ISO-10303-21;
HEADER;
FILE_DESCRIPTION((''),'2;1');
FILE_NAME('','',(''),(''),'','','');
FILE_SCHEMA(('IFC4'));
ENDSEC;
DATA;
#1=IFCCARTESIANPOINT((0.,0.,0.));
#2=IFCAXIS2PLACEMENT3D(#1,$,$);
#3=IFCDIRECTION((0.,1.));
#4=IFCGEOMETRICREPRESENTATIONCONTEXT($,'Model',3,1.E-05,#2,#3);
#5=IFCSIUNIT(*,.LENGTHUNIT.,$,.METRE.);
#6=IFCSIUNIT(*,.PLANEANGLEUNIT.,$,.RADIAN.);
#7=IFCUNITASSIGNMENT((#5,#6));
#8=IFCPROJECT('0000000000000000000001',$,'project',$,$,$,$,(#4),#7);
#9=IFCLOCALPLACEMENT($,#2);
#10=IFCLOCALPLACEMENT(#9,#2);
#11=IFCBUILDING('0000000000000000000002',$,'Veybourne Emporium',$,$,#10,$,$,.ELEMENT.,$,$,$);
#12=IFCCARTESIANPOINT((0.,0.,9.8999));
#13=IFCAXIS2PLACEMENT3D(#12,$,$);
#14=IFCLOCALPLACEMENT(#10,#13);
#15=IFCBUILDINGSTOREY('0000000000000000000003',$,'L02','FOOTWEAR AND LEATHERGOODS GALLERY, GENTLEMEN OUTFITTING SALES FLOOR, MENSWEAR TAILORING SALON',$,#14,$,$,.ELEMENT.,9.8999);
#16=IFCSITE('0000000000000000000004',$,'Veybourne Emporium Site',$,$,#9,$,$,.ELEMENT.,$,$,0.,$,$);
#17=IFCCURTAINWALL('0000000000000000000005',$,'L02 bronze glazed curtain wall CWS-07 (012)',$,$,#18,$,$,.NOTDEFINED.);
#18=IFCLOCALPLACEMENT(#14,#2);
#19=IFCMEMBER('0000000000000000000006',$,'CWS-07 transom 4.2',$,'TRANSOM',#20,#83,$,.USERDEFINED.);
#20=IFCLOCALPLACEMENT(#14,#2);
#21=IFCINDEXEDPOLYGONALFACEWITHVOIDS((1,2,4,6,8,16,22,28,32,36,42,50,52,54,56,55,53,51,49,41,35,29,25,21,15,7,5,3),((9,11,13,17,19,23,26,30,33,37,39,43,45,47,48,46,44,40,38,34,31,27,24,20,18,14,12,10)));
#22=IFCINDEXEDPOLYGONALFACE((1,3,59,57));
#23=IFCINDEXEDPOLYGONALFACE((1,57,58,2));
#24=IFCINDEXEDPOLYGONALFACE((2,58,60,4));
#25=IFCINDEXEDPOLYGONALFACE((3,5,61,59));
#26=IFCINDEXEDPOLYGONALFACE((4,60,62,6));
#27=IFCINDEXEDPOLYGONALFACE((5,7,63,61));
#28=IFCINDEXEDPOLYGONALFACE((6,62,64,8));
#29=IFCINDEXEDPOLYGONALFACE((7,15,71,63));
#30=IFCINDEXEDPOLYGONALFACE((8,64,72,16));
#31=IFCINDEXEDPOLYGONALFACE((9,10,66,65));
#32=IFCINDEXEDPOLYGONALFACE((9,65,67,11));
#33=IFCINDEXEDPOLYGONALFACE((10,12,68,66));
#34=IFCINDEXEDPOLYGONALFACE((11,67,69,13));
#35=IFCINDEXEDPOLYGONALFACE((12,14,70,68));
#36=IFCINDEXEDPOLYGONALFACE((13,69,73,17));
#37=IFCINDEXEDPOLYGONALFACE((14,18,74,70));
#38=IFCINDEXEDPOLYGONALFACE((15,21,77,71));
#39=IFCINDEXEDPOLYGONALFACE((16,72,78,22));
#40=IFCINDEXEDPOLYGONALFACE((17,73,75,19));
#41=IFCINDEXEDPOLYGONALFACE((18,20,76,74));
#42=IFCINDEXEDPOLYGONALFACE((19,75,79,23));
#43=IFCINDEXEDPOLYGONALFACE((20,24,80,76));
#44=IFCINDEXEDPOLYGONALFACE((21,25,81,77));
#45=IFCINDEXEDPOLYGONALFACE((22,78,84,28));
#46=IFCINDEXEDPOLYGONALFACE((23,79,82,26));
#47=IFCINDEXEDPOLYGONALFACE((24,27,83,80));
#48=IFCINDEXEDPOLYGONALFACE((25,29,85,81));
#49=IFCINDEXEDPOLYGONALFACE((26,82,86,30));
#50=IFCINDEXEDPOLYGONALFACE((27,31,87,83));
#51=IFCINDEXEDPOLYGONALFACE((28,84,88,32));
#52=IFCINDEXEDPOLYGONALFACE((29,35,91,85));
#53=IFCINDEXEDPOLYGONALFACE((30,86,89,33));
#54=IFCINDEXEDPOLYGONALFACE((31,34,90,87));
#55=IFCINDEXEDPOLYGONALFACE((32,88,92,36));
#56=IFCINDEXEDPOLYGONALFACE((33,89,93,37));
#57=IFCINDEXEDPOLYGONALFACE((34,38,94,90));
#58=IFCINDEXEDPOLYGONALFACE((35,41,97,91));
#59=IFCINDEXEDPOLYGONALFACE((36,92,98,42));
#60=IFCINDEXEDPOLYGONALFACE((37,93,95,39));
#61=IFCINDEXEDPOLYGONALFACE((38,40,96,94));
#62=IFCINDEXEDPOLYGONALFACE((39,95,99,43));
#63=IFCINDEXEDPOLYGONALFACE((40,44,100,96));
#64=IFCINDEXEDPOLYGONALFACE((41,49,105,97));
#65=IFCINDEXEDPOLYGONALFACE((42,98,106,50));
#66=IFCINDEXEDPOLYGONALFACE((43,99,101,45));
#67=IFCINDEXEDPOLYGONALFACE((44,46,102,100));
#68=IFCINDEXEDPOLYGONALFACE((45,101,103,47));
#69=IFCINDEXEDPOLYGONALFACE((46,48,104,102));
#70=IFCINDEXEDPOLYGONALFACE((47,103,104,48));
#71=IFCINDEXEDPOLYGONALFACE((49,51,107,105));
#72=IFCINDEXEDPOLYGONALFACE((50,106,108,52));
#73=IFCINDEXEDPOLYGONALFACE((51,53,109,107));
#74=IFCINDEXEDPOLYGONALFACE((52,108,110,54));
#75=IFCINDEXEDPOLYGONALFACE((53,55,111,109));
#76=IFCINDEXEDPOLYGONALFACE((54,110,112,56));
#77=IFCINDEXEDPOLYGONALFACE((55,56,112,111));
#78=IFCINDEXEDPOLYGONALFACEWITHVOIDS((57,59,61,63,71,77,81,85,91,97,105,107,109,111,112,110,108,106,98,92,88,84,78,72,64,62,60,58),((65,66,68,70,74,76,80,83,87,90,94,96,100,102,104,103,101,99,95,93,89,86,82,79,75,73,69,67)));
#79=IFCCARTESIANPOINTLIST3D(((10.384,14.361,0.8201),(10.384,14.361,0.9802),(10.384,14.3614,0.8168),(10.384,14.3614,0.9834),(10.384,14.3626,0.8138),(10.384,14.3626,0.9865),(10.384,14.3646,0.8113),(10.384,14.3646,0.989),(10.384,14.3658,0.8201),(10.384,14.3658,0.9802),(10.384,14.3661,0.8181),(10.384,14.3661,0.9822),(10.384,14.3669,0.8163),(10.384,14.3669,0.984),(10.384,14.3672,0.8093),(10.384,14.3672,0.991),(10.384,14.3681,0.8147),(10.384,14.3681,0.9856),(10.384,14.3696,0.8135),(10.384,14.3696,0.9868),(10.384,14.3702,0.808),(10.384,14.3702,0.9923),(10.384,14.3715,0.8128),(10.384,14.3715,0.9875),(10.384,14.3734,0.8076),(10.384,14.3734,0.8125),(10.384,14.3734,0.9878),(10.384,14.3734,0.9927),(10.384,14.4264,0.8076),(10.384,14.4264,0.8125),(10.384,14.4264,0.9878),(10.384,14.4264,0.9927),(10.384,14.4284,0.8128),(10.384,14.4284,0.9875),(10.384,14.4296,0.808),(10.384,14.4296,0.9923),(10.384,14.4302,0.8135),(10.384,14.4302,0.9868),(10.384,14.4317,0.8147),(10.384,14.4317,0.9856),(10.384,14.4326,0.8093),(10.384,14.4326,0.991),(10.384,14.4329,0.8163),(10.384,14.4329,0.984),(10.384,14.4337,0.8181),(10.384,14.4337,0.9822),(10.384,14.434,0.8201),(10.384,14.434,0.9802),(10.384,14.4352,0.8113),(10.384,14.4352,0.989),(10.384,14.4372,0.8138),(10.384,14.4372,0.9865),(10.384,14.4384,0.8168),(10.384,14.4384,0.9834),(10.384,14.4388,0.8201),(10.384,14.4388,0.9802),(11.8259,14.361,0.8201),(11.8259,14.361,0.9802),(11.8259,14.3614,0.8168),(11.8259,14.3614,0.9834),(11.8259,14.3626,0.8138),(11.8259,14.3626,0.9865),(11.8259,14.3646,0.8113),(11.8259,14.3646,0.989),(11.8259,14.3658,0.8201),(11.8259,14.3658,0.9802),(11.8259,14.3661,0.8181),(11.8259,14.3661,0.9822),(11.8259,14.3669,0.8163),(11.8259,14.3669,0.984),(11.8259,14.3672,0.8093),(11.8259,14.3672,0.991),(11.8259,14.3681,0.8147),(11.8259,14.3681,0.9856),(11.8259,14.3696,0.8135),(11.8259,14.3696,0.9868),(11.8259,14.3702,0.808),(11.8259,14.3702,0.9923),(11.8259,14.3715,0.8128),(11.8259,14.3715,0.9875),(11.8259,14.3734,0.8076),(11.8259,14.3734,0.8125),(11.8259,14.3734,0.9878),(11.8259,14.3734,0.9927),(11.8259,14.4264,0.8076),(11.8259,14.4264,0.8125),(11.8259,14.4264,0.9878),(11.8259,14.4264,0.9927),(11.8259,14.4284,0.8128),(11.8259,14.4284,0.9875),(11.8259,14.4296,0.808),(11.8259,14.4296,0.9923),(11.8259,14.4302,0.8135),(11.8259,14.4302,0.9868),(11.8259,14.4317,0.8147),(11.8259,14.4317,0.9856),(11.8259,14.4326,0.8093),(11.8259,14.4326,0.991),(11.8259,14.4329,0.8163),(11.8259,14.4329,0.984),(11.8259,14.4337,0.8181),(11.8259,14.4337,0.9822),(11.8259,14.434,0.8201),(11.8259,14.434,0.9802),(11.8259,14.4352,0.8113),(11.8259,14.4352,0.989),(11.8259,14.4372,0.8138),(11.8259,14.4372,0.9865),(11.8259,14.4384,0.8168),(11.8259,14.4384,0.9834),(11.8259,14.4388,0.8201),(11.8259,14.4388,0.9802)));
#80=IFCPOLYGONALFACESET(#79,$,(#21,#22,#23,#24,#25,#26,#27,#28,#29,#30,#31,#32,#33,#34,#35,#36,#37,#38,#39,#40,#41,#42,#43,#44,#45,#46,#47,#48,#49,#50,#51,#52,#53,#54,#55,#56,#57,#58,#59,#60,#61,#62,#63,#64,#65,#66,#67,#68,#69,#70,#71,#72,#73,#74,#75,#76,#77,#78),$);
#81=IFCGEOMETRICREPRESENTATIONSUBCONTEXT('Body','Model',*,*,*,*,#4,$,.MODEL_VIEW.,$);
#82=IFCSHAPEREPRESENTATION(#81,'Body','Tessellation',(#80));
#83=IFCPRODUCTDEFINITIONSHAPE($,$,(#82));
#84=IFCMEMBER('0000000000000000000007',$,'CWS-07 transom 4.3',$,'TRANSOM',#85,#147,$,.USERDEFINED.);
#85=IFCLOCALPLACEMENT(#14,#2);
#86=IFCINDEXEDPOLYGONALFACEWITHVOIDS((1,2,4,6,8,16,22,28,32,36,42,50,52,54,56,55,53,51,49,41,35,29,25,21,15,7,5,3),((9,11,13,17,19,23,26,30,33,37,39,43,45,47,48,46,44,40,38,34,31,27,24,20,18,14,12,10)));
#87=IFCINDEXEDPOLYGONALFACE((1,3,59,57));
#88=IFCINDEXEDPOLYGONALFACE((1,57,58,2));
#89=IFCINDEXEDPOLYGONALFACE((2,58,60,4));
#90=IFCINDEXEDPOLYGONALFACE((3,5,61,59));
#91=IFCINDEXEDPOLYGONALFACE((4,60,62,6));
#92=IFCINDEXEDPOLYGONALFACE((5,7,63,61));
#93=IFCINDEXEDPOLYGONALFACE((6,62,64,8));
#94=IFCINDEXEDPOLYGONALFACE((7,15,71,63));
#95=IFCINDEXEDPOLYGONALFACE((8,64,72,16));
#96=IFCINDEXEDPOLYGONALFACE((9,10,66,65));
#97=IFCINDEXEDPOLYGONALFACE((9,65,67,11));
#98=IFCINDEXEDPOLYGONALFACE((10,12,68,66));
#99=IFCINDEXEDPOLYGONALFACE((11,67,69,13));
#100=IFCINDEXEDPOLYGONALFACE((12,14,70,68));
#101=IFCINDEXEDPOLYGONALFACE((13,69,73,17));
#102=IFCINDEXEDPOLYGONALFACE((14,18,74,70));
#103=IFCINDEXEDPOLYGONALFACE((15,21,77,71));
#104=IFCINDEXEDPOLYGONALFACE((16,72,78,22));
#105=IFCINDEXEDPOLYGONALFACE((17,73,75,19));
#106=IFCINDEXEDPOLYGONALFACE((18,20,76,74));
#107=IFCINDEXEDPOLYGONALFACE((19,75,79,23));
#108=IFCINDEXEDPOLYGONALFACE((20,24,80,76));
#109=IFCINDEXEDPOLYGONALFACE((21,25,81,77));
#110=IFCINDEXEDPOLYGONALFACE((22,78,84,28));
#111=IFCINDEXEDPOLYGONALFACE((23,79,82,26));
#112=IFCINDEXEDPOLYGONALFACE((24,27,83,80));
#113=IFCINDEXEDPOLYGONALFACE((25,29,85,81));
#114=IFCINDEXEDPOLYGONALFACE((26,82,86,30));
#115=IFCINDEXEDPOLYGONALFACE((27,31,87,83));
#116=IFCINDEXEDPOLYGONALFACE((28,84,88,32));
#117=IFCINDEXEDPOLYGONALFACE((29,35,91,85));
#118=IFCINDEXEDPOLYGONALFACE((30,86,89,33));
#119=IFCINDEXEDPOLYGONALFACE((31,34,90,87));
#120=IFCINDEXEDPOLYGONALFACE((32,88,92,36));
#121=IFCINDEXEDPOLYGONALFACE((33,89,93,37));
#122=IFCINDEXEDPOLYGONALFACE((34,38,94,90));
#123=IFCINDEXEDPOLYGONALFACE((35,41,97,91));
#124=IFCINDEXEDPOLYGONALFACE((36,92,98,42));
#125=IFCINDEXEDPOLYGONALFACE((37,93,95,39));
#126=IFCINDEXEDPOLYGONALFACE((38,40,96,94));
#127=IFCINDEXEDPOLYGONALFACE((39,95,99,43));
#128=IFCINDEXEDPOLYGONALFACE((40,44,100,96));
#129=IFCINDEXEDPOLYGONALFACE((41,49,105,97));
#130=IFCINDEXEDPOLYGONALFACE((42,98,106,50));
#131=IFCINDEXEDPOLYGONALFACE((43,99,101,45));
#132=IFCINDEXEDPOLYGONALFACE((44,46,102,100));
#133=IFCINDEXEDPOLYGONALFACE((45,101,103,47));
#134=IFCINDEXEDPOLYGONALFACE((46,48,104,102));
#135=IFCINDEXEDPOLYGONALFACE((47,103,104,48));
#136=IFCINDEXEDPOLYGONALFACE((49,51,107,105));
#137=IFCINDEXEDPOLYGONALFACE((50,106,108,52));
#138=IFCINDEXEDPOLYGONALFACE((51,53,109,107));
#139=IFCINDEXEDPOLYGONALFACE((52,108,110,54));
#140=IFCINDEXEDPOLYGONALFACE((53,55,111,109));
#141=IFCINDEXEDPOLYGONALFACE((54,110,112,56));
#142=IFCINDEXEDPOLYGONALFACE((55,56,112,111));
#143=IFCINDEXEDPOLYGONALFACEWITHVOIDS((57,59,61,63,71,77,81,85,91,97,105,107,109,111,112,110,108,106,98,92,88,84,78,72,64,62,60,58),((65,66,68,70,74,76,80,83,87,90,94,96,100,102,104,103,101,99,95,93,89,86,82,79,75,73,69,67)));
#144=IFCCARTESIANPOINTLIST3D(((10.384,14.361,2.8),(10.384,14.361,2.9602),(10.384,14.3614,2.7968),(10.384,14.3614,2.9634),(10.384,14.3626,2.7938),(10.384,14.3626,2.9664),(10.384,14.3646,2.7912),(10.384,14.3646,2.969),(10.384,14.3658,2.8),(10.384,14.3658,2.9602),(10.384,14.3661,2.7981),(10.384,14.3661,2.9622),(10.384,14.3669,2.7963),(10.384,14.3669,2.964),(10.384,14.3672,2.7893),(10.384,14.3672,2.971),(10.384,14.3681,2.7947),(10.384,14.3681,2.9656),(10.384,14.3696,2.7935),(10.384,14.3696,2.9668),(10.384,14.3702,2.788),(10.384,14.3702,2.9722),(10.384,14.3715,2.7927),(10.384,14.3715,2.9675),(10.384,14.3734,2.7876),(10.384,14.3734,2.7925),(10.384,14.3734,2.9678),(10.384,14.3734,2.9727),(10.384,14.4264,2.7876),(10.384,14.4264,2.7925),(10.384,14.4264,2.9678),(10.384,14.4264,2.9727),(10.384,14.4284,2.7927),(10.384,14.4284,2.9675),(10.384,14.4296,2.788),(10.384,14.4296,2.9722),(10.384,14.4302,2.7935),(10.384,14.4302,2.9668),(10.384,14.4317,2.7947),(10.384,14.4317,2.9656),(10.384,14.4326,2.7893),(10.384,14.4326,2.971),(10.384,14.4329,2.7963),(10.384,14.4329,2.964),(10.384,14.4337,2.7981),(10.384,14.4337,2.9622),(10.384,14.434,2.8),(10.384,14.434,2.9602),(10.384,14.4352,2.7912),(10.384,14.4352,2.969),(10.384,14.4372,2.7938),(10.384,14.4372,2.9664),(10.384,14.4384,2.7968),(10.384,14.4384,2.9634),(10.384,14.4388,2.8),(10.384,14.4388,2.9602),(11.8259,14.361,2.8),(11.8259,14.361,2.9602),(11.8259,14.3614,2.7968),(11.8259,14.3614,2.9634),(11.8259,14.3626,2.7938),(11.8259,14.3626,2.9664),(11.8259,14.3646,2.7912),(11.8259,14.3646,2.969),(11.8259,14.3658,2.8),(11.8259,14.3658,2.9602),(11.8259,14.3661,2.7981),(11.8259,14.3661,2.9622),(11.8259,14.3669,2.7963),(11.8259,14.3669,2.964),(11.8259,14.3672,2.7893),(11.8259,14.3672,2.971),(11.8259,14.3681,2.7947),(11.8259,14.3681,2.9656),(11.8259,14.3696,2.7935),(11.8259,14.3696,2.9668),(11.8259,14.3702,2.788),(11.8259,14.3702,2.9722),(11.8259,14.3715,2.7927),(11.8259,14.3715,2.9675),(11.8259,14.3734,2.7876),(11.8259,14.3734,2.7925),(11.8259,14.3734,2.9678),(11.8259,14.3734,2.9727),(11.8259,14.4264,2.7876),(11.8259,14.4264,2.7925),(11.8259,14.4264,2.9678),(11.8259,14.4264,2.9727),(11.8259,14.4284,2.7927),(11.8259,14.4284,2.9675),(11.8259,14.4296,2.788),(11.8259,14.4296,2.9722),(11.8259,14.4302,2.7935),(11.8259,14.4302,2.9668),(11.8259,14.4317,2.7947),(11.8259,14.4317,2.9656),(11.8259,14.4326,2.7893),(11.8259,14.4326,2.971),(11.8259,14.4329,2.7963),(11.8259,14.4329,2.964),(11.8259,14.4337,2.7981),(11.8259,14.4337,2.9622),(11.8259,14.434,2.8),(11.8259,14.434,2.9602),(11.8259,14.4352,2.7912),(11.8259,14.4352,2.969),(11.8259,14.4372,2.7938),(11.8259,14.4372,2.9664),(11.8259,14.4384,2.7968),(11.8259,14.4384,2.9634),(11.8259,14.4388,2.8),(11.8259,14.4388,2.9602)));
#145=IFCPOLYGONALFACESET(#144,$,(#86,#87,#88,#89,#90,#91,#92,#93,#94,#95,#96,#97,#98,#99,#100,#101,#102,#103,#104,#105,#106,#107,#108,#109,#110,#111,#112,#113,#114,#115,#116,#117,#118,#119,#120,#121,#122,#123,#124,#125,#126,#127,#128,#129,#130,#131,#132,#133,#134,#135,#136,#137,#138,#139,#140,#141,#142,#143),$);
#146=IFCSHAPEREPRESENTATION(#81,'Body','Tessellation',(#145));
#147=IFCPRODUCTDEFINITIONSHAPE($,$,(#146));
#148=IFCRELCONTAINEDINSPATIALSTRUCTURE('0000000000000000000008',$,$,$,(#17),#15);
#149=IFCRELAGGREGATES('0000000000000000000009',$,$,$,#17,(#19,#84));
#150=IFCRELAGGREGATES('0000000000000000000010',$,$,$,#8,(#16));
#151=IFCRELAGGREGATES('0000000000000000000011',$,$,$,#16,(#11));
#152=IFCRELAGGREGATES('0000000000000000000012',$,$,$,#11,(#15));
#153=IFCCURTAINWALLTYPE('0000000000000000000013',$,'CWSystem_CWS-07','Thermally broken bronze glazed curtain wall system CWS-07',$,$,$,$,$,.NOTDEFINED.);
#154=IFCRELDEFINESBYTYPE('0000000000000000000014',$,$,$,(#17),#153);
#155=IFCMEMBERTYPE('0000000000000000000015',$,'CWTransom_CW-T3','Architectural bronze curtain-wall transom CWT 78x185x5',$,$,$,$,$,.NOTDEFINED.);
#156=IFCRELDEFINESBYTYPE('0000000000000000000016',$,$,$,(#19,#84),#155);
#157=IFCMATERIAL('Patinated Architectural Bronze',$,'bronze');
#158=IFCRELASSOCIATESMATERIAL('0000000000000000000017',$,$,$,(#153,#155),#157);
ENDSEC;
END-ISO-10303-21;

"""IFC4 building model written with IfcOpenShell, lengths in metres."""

from ifc_helpers import new_model, si_unit, direction, frame, origin, origin_2d, place, context, subcontext, project, spatial, hollow_rectangle, extrude, material, material_profile, profile_set, type_object, element, aggregate, save


model = new_model("IFC4")

# Units and contexts
model_context = context("Model", 3, precision=1e-05, world=origin(), true_north=direction((0.0, 1.0)))
body_context = subcontext(model_context, "Body", "Model", "MODEL_VIEW")
ifc_project = project(units=[si_unit("LENGTHUNIT", "METRE"), si_unit("PLANEANGLEUNIT", "RADIAN")], contexts=[model_context])

# Site, building, storey
site_placement = place(None, origin())
site = spatial("IfcSite", under=ifc_project, at=site_placement, Name="Veybourne Emporium Site", CompositionType="ELEMENT", RefElevation=0.0)
building_placement = place(site_placement, origin())
building = spatial("IfcBuilding", under=site, at=building_placement, Name="Veybourne Emporium", CompositionType="ELEMENT")
storey_placement = place(building_placement, frame((0.0, 0.0, 9.8999)))
storey = spatial("IfcBuildingStorey", under=building, at=storey_placement, Name="L02", Description="FOOTWEAR AND LEATHERGOODS GALLERY, GENTLEMEN OUTFITTING SALES FLOOR, MENSWEAR TAILORING SALON", CompositionType="ELEMENT", Elevation=9.8999)

# Curtain wall, members
ifc_material_1 = material(Name="Patinated Architectural Bronze", Category="bronze")
curtain_wall_type = type_object("IfcCurtainWallType", Name="CWSystem_CWS-07", Description="Thermally broken bronze glazed curtain wall system CWS-07", PredefinedType="NOTDEFINED", material=ifc_material_1)
curtain_wall_placement = place(storey_placement, origin())
curtain_wall = element("IfcCurtainWall", 1, at=curtain_wall_placement, inside=storey, type_object=curtain_wall_type, Name="L02 bronze glazed curtain wall CWS-07 (012)", PredefinedType="NOTDEFINED")
ifc_material_profile_1 = material_profile(ifc_material_1, hollow_rectangle(XDim=0.0779, YDim=0.1851, WallThickness=0.0049, InnerFilletRadius=0.0076, OuterFilletRadius=0.0125, at=origin_2d()), Name="CWT 78x185x5")
ifc_profile_set_1 = profile_set([ifc_material_profile_1], Name="Patinated Architectural Bronze")
member_type_1 = type_object("IfcMemberType", Name="CWTransom_CW-T3", Description="Architectural bronze curtain-wall transom CWT 78x185x5", PredefinedType="NOTDEFINED", material=ifc_profile_set_1)
member_1_placement = place(storey_placement, frame((11.8259, 14.3999, 0.9001), z_axis=(-1.0, 0.0, 0.0), x_axis=(0.0, -1.0, 0.0)))
member_1 = element("IfcMember", 2, at=member_1_placement, type_object=member_type_1, Name="CWS-07 transom 4.2", ObjectType="TRANSOM", PredefinedType="USERDEFINED", context=body_context, shape_type="SweptSolid", body=[
    extrude(hollow_rectangle(XDim=0.0779, YDim=0.1851, WallThickness=0.0049, InnerFilletRadius=0.0076, OuterFilletRadius=0.0125, at=origin_2d()), origin(), (0.0, 0.0, 1.0), 1.4419),
])
member_2_placement = place(storey_placement, frame((11.8259, 14.3999, 2.8801), z_axis=(-1.0, 0.0, 0.0), x_axis=(0.0, -1.0, 0.0)))
member_2 = element("IfcMember", 3, at=member_2_placement, type_object=member_type_1, Name="CWS-07 transom 4.3", ObjectType="TRANSOM", PredefinedType="USERDEFINED", context=body_context, shape_type="SweptSolid", body=[
    extrude(hollow_rectangle(XDim=0.0779, YDim=0.1851, WallThickness=0.0049, InnerFilletRadius=0.0076, OuterFilletRadius=0.0125, at=origin_2d()), origin(), (0.0, 0.0, 1.0), 1.4419),
])

aggregate(curtain_wall, [member_1, member_2])

save(model, "model.ifc")
